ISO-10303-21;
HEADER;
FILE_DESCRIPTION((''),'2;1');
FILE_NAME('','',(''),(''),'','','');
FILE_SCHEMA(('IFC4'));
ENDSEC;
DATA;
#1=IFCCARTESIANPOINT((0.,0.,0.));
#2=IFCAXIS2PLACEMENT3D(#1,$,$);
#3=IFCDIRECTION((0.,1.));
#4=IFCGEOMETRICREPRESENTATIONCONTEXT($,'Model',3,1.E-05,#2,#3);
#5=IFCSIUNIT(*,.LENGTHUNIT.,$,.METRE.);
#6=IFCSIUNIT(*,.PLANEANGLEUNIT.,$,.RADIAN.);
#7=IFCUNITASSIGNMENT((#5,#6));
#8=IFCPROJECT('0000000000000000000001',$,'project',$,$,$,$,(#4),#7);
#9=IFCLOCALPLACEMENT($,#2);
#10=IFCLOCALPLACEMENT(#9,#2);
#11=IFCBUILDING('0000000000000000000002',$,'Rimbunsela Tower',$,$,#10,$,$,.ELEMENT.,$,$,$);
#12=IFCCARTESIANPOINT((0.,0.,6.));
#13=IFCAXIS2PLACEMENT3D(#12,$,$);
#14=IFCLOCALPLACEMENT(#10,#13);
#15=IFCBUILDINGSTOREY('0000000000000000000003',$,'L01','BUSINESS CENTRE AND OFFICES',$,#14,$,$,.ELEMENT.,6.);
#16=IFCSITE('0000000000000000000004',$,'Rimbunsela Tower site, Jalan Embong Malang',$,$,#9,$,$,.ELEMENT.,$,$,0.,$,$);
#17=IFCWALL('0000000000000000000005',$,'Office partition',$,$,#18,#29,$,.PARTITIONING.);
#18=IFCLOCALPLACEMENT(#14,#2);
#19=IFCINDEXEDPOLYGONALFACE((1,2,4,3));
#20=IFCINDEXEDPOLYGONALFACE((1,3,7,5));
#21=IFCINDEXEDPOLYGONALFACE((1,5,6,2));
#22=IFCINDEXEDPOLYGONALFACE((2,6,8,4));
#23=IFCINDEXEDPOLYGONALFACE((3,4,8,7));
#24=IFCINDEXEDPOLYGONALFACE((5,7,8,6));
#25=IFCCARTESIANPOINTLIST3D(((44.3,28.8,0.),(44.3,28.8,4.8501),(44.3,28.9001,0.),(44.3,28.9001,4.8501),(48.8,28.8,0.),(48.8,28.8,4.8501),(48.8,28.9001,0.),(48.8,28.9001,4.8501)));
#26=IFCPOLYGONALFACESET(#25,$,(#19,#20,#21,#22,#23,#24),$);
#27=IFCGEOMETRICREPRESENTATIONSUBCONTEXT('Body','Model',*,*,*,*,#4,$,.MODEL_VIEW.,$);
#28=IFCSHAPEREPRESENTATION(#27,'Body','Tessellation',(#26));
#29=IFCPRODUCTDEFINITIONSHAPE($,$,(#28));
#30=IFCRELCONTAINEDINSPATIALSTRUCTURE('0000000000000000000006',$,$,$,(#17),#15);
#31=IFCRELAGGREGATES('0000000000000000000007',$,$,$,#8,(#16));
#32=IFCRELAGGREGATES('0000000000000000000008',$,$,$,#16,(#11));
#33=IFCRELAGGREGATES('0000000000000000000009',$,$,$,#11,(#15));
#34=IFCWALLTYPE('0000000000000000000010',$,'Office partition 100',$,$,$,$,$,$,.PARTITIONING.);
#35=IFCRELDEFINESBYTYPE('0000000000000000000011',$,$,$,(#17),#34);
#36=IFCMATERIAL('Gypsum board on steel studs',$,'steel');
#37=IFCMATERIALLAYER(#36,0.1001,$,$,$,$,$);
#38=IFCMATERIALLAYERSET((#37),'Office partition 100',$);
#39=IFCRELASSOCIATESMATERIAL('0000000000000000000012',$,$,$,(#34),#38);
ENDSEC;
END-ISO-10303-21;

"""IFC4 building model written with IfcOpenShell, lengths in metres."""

from ifc_helpers import new_model, si_unit, direction, frame, frame_2d, origin, place, context, subcontext, project, spatial, rectangle, extrude, material, layer, layer_set, type_object, element, save


model = new_model("IFC4")

# Units and contexts
model_context = context("Model", 3, precision=1e-05, world=origin(), true_north=direction((0.0, 1.0)))
body_context = subcontext(model_context, "Body", "Model", "MODEL_VIEW")
ifc_project = project(units=[si_unit("LENGTHUNIT", "METRE"), si_unit("PLANEANGLEUNIT", "RADIAN")], contexts=[model_context])

# Site, building, storey
site_placement = place(None, origin())
site = spatial("IfcSite", under=ifc_project, at=site_placement, Name="Rimbunsela Tower site, Jalan Embong Malang", CompositionType="ELEMENT", RefElevation=0.0)
building_placement = place(site_placement, origin())
building = spatial("IfcBuilding", under=site, at=building_placement, Name="Rimbunsela Tower", CompositionType="ELEMENT")
storey_placement = place(building_placement, frame((0.0, 0.0, 6.0)))
storey = spatial("IfcBuildingStorey", under=building, at=storey_placement, Name="L01", Description="BUSINESS CENTRE AND OFFICES", CompositionType="ELEMENT", Elevation=6.0)

# Wall
ifc_material_1 = material(Name="Gypsum board on steel studs", Category="steel")
ifc_layer_1 = layer(ifc_material_1, 0.1001)
ifc_layer_set_1 = layer_set([ifc_layer_1], Name="Office partition 100")
wall_type = type_object("IfcWallType", Name="Office partition 100", PredefinedType="PARTITIONING", material=ifc_layer_set_1)
wall_placement = place(storey_placement, frame((48.8, 28.8501, 0.0), z_axis=(0.0, 0.0, 1.0), x_axis=(-1.0, 0.0, 0.0)))
element("IfcWall", 1, at=wall_placement, inside=storey, type_object=wall_type, Name="Office partition", PredefinedType="PARTITIONING", context=body_context, shape_type="SweptSolid", body=[
    extrude(rectangle(XDim=4.5, YDim=0.1001, at=frame_2d((2.25, 0.0))), origin(), (0.0, 0.0, 1.0), 4.8501),
])

save(model, "model.ifc")
